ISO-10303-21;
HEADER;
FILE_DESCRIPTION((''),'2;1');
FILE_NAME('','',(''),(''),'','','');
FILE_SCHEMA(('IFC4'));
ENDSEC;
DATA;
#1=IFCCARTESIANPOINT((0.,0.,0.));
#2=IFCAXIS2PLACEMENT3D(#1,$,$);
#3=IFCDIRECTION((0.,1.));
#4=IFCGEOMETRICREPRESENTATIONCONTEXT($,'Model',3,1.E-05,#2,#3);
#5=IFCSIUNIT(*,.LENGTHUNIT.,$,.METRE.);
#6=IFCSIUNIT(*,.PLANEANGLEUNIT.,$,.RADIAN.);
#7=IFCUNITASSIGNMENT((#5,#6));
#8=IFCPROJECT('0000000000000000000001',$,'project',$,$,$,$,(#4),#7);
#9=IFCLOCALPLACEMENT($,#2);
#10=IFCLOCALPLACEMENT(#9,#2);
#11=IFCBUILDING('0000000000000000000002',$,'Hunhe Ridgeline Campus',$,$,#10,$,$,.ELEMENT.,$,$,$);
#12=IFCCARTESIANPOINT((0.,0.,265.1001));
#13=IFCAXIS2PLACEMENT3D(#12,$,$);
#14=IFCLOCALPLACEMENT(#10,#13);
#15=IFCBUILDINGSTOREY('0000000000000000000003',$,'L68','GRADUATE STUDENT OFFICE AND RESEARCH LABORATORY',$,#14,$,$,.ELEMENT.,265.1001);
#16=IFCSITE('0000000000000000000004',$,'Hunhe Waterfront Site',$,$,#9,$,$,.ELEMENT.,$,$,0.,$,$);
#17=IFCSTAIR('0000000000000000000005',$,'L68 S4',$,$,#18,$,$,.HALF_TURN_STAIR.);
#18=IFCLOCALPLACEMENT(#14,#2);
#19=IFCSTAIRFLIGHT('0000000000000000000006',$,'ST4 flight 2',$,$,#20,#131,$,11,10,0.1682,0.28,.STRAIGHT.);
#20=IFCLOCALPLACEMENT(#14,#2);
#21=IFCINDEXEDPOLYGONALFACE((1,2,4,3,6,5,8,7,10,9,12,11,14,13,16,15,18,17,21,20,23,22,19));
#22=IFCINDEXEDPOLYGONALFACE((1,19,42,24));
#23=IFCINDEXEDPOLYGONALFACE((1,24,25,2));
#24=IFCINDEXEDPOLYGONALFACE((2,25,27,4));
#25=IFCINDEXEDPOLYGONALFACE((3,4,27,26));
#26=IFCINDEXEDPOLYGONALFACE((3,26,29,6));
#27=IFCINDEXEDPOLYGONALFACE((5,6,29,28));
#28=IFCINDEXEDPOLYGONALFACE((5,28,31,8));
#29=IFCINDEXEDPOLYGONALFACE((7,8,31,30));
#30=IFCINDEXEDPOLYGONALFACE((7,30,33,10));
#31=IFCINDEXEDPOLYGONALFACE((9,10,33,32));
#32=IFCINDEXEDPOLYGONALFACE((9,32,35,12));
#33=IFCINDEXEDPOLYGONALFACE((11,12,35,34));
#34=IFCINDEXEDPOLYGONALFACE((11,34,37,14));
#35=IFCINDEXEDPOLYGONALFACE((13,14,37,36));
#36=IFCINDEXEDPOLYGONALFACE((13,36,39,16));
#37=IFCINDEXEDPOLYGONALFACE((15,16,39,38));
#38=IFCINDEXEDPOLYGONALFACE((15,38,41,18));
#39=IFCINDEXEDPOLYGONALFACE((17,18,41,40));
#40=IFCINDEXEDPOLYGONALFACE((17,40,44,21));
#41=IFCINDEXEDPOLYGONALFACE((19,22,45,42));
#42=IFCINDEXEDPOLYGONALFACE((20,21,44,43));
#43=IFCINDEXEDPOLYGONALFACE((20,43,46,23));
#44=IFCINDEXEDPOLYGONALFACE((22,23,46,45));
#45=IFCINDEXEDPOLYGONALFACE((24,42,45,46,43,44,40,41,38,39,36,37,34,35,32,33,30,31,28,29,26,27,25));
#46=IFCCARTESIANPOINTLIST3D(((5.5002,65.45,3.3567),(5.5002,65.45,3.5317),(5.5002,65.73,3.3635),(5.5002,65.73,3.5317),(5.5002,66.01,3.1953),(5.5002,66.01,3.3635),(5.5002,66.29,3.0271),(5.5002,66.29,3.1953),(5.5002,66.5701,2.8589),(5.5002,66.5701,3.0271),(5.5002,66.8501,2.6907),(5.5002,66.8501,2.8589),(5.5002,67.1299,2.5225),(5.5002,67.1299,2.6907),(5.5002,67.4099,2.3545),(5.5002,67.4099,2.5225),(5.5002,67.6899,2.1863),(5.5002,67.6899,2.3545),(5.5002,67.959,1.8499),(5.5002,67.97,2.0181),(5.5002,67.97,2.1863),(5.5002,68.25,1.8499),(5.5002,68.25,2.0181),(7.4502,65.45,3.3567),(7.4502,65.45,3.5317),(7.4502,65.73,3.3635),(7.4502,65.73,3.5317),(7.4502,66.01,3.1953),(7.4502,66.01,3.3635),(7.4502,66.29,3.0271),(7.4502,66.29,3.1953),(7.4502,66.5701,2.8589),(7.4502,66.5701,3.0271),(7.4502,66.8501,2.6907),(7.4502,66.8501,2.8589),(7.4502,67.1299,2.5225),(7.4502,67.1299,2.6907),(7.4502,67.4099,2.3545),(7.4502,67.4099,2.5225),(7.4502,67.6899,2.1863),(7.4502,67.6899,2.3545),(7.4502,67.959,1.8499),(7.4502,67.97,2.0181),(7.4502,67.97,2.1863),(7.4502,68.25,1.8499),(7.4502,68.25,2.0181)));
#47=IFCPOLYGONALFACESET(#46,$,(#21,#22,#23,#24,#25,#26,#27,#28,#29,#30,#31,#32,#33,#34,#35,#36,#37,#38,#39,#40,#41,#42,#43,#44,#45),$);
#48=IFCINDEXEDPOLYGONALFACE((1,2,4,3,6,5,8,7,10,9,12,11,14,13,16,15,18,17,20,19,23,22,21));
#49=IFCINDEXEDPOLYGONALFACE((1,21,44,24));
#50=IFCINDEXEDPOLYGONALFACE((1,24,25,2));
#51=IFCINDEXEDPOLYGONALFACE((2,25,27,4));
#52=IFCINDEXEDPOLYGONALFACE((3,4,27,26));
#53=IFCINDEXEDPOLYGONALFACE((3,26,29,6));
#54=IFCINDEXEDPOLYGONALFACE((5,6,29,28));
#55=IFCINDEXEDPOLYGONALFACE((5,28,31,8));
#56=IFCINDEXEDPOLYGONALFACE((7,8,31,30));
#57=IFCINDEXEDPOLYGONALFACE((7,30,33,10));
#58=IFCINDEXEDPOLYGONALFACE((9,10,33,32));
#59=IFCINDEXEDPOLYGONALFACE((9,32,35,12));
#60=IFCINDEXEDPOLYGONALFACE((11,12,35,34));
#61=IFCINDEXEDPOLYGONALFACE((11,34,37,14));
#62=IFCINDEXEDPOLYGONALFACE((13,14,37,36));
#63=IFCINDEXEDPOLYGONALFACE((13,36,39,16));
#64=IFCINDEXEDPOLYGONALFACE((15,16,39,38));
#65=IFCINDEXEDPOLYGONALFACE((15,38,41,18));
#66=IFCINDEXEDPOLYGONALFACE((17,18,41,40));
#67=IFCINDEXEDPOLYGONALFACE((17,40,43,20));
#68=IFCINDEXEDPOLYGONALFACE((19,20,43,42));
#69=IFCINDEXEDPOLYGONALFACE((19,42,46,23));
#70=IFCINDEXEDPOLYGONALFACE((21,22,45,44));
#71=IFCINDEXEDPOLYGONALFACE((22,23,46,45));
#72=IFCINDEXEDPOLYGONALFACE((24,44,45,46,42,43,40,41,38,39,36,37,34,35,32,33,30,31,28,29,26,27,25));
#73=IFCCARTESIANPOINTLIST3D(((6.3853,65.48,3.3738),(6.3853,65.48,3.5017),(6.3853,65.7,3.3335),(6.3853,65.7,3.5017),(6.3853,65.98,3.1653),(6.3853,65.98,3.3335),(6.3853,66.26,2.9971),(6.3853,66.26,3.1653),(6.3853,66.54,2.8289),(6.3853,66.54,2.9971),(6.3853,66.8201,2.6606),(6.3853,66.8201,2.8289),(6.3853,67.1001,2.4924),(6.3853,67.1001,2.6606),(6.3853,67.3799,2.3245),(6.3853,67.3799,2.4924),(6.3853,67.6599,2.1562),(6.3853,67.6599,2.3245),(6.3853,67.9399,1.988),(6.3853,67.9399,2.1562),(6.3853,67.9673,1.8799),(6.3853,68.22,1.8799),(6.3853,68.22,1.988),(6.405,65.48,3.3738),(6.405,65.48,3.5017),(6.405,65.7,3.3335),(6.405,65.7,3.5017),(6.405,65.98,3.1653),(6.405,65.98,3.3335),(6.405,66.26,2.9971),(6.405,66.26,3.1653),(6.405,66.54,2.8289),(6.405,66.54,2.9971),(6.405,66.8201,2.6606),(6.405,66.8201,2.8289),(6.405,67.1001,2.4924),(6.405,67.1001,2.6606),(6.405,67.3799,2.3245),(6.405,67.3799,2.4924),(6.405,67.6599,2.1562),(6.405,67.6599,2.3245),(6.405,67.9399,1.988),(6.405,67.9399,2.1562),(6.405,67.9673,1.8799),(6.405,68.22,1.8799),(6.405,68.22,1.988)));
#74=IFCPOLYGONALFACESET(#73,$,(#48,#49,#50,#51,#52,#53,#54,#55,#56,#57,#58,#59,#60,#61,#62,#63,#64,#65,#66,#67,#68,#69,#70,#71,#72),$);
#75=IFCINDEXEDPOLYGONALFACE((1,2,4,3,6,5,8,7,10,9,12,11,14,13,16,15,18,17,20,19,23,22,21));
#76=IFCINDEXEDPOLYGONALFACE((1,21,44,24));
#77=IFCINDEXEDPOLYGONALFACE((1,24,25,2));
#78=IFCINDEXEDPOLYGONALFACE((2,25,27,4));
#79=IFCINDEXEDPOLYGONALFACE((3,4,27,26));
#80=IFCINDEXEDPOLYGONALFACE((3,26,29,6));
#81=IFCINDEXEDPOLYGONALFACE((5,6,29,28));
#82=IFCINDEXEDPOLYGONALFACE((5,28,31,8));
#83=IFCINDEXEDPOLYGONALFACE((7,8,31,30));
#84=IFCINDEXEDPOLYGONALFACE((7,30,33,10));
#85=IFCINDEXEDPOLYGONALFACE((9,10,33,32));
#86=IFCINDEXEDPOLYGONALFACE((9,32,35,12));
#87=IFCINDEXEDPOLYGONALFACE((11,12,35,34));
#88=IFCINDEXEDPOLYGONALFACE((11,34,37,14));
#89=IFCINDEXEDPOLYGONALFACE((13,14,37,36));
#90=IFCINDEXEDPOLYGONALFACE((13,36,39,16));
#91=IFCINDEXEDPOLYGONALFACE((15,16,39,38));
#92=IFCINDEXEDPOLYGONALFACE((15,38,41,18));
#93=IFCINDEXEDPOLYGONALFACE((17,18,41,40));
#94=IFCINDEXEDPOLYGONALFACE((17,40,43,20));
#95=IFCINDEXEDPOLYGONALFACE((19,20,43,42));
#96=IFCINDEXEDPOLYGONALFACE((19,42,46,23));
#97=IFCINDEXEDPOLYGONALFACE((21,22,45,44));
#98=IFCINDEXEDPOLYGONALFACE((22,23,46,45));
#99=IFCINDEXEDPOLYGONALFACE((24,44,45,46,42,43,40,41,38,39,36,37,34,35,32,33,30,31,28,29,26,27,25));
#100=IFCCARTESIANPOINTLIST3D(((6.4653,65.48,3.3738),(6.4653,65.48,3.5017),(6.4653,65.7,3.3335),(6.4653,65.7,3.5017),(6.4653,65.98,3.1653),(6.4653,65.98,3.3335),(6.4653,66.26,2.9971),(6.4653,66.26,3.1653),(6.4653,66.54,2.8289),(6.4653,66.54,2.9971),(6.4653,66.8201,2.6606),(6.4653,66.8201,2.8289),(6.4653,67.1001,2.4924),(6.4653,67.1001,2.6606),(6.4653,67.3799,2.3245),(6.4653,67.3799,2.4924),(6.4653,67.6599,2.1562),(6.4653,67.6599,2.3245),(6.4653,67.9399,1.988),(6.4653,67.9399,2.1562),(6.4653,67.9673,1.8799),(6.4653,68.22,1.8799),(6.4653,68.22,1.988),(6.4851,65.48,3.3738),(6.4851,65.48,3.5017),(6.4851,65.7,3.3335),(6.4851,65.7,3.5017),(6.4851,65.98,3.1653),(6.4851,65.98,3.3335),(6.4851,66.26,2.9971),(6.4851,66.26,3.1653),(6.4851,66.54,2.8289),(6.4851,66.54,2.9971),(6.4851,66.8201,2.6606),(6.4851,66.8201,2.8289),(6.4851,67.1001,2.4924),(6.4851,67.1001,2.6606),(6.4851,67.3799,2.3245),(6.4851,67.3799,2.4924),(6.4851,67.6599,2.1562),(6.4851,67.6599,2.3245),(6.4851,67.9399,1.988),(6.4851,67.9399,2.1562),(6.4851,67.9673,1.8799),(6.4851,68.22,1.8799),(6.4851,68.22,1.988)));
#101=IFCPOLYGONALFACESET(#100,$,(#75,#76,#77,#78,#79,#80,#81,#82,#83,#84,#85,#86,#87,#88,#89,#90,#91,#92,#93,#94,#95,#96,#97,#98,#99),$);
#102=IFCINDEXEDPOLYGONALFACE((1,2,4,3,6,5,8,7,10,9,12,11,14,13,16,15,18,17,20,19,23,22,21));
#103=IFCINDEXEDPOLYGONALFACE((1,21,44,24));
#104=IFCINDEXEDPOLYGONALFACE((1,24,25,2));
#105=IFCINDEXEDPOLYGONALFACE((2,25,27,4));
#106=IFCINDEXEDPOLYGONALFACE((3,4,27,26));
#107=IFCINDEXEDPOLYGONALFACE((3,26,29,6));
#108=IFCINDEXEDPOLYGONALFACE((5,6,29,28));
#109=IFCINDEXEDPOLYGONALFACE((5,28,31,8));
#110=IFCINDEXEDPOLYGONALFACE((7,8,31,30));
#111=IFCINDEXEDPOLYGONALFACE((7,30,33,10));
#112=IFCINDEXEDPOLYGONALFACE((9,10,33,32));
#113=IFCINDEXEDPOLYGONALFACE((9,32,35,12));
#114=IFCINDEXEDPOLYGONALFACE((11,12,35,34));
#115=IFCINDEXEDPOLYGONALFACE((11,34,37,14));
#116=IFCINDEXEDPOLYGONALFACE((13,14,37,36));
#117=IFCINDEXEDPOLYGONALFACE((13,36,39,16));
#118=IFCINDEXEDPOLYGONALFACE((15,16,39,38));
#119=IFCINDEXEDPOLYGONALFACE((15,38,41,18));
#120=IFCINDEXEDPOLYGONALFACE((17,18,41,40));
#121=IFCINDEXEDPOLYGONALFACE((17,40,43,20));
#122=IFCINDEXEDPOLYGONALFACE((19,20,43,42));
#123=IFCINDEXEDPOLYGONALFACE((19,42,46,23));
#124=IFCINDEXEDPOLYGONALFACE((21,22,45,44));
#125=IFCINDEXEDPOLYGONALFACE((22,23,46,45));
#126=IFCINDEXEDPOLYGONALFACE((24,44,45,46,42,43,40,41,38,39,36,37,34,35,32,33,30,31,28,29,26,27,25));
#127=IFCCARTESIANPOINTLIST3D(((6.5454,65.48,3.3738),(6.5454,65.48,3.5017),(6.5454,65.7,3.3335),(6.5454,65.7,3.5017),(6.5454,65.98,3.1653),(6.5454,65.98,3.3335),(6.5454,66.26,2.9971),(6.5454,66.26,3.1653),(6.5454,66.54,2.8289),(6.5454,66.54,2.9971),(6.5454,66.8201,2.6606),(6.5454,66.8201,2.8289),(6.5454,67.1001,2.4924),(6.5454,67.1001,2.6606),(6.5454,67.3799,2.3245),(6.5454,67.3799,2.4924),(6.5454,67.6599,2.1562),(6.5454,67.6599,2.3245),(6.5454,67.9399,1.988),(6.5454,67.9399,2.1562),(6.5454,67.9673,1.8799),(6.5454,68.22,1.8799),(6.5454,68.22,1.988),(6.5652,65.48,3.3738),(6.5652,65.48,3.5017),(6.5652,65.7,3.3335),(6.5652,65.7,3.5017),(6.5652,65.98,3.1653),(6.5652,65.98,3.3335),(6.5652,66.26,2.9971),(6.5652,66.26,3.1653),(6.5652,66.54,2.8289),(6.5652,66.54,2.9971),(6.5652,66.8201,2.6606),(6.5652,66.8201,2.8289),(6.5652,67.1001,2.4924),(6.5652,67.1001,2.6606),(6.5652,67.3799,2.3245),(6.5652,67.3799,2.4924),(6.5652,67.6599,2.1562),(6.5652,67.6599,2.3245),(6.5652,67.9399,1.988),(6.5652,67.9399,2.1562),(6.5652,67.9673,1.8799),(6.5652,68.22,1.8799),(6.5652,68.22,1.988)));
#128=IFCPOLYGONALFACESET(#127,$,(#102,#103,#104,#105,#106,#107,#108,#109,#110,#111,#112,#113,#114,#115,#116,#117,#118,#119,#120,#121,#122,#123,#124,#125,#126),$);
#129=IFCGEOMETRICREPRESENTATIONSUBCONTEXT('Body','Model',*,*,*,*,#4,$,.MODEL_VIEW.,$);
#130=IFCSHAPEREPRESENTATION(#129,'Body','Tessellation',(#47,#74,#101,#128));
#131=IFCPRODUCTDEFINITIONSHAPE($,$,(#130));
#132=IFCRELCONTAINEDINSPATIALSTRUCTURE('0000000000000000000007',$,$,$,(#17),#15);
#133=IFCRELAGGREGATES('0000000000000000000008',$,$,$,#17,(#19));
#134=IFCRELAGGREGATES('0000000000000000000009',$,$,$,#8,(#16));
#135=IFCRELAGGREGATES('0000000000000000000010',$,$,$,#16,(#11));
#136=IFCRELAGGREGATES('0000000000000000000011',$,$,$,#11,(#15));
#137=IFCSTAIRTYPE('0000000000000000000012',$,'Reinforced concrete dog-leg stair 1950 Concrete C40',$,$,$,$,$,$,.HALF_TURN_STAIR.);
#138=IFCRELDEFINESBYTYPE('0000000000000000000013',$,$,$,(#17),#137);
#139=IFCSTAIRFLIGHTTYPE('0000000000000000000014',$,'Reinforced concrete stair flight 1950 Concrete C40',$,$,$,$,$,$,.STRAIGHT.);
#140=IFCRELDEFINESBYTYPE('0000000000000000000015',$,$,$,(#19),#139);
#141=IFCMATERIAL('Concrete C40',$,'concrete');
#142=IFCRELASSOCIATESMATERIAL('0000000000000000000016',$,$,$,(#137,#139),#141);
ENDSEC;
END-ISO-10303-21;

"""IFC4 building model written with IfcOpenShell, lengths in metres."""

from ifc_helpers import new_model, si_unit, direction, frame, origin, place, context, subcontext, project, spatial, polyline, outline, extrude, material, type_object, element, aggregate, save


model = new_model("IFC4")

# Units and contexts
model_context = context("Model", 3, precision=1e-05, world=origin(), true_north=direction((0.0, 1.0)))
body_context = subcontext(model_context, "Body", "Model", "MODEL_VIEW")
ifc_project = project(units=[si_unit("LENGTHUNIT", "METRE"), si_unit("PLANEANGLEUNIT", "RADIAN")], contexts=[model_context])

# Site, building, storey
site_placement = place(None, origin())
site = spatial("IfcSite", under=ifc_project, at=site_placement, Name="Hunhe Waterfront Site", CompositionType="ELEMENT", RefElevation=0.0)
building_placement = place(site_placement, origin())
building = spatial("IfcBuilding", under=site, at=building_placement, Name="Hunhe Ridgeline Campus", CompositionType="ELEMENT")
storey_placement = place(building_placement, frame((0.0, 0.0, 265.1001)))
storey = spatial("IfcBuildingStorey", under=building, at=storey_placement, Name="L68", Description="GRADUATE STUDENT OFFICE AND RESEARCH LABORATORY", CompositionType="ELEMENT", Elevation=265.1001)

# Stair, stair flight
ifc_material_1 = material(Name="Concrete C40", Category="concrete")
stair_type = type_object("IfcStairType", Name="Reinforced concrete dog-leg stair 1950 Concrete C40", PredefinedType="HALF_TURN_STAIR", material=ifc_material_1)
stair_flight_type = type_object("IfcStairFlightType", Name="Reinforced concrete stair flight 1950 Concrete C40", PredefinedType="STRAIGHT", material=ifc_material_1)
stair_1_placement = place(storey_placement, origin())
stair_1 = element("IfcStair", 1, at=stair_1_placement, inside=storey, type_object=stair_type, Name="L68 S4", PredefinedType="HALF_TURN_STAIR")
stair_flight_1_placement = place(storey_placement, frame((6.4751, 68.25, 1.8499), z_axis=(0.0, 0.0, 1.0), x_axis=(0.0, -1.0, 0.0)))
stair_flight_1 = element("IfcStairFlight", 2, at=stair_flight_1_placement, type_object=stair_flight_type, Name="ST4 flight 2", NumberOfRisers=11, NumberOfTreads=10, PredefinedType="STRAIGHT", RiserHeight=0.1682, TreadLength=0.28, context=body_context, shape_type="SweptSolid", body=[
    extrude(outline(polyline([(0.0, 0.0), (0.0, 0.1682), (0.28, 0.1682), (0.28, 0.3364), (0.5601, 0.3364), (0.5601, 0.5046), (0.8401, 0.5046), (0.8401, 0.6726), (1.1201, 0.6726), (1.1201, 0.8408), (1.3999, 0.8408), (1.3999, 1.009), (1.6799, 1.009), (1.6799, 1.1772), (1.96, 1.1772), (1.96, 1.3455), (2.24, 1.3455), (2.24, 1.5137), (2.52, 1.5137), (2.52, 1.6819), (2.8, 1.6819), (2.8, 1.8501), (2.8, 1.5068), (0.291, 0.0), (0.0, 0.0)])), frame((0.0, 0.9751, 0.0), z_axis=(0.0, -1.0, 0.0), x_axis=(1.0, 0.0, 0.0)), (0.0, 0.0, 1.0), 1.95),
    extrude(outline(polyline([(0.03, 0.03), (0.03, 0.1382), (0.3101, 0.1382), (0.3101, 0.3064), (0.5901, 0.3064), (0.5901, 0.4746), (0.8701, 0.4746), (0.8701, 0.6426), (1.1499, 0.6426), (1.1499, 0.8108), (1.4299, 0.8108), (1.4299, 0.979), (1.71, 0.979), (1.71, 1.1472), (1.99, 1.1472), (1.99, 1.3154), (2.27, 1.3154), (2.27, 1.4836), (2.55, 1.4836), (2.55, 1.6519), (2.77, 1.6519), (2.77, 1.5239), (0.2827, 0.03), (0.03, 0.03)])), frame((0.0, -0.0701, 0.0), z_axis=(0.0, -1.0, 0.0), x_axis=(1.0, 0.0, 0.0)), (0.0, 0.0, 1.0), 0.0198),
    extrude(outline(polyline([(0.03, 0.03), (0.03, 0.1382), (0.3101, 0.1382), (0.3101, 0.3064), (0.5901, 0.3064), (0.5901, 0.4746), (0.8701, 0.4746), (0.8701, 0.6426), (1.1499, 0.6426), (1.1499, 0.8108), (1.4299, 0.8108), (1.4299, 0.979), (1.71, 0.979), (1.71, 1.1472), (1.99, 1.1472), (1.99, 1.3154), (2.27, 1.3154), (2.27, 1.4836), (2.55, 1.4836), (2.55, 1.6519), (2.77, 1.6519), (2.77, 1.5239), (0.2827, 0.03), (0.03, 0.03)])), frame((0.0, 0.01, 0.0), z_axis=(0.0, -1.0, 0.0), x_axis=(1.0, 0.0, 0.0)), (0.0, 0.0, 1.0), 0.0198),
    extrude(outline(polyline([(0.03, 0.03), (0.03, 0.1382), (0.3101, 0.1382), (0.3101, 0.3064), (0.5901, 0.3064), (0.5901, 0.4746), (0.8701, 0.4746), (0.8701, 0.6426), (1.1499, 0.6426), (1.1499, 0.8108), (1.4299, 0.8108), (1.4299, 0.979), (1.71, 0.979), (1.71, 1.1472), (1.99, 1.1472), (1.99, 1.3154), (2.27, 1.3154), (2.27, 1.4836), (2.55, 1.4836), (2.55, 1.6519), (2.77, 1.6519), (2.77, 1.5239), (0.2827, 0.03), (0.03, 0.03)])), frame((0.0, 0.0901, 0.0), z_axis=(0.0, -1.0, 0.0), x_axis=(1.0, 0.0, 0.0)), (0.0, 0.0, 1.0), 0.0198),
])
aggregate(stair_1, [stair_flight_1])

save(model, "model.ifc")
